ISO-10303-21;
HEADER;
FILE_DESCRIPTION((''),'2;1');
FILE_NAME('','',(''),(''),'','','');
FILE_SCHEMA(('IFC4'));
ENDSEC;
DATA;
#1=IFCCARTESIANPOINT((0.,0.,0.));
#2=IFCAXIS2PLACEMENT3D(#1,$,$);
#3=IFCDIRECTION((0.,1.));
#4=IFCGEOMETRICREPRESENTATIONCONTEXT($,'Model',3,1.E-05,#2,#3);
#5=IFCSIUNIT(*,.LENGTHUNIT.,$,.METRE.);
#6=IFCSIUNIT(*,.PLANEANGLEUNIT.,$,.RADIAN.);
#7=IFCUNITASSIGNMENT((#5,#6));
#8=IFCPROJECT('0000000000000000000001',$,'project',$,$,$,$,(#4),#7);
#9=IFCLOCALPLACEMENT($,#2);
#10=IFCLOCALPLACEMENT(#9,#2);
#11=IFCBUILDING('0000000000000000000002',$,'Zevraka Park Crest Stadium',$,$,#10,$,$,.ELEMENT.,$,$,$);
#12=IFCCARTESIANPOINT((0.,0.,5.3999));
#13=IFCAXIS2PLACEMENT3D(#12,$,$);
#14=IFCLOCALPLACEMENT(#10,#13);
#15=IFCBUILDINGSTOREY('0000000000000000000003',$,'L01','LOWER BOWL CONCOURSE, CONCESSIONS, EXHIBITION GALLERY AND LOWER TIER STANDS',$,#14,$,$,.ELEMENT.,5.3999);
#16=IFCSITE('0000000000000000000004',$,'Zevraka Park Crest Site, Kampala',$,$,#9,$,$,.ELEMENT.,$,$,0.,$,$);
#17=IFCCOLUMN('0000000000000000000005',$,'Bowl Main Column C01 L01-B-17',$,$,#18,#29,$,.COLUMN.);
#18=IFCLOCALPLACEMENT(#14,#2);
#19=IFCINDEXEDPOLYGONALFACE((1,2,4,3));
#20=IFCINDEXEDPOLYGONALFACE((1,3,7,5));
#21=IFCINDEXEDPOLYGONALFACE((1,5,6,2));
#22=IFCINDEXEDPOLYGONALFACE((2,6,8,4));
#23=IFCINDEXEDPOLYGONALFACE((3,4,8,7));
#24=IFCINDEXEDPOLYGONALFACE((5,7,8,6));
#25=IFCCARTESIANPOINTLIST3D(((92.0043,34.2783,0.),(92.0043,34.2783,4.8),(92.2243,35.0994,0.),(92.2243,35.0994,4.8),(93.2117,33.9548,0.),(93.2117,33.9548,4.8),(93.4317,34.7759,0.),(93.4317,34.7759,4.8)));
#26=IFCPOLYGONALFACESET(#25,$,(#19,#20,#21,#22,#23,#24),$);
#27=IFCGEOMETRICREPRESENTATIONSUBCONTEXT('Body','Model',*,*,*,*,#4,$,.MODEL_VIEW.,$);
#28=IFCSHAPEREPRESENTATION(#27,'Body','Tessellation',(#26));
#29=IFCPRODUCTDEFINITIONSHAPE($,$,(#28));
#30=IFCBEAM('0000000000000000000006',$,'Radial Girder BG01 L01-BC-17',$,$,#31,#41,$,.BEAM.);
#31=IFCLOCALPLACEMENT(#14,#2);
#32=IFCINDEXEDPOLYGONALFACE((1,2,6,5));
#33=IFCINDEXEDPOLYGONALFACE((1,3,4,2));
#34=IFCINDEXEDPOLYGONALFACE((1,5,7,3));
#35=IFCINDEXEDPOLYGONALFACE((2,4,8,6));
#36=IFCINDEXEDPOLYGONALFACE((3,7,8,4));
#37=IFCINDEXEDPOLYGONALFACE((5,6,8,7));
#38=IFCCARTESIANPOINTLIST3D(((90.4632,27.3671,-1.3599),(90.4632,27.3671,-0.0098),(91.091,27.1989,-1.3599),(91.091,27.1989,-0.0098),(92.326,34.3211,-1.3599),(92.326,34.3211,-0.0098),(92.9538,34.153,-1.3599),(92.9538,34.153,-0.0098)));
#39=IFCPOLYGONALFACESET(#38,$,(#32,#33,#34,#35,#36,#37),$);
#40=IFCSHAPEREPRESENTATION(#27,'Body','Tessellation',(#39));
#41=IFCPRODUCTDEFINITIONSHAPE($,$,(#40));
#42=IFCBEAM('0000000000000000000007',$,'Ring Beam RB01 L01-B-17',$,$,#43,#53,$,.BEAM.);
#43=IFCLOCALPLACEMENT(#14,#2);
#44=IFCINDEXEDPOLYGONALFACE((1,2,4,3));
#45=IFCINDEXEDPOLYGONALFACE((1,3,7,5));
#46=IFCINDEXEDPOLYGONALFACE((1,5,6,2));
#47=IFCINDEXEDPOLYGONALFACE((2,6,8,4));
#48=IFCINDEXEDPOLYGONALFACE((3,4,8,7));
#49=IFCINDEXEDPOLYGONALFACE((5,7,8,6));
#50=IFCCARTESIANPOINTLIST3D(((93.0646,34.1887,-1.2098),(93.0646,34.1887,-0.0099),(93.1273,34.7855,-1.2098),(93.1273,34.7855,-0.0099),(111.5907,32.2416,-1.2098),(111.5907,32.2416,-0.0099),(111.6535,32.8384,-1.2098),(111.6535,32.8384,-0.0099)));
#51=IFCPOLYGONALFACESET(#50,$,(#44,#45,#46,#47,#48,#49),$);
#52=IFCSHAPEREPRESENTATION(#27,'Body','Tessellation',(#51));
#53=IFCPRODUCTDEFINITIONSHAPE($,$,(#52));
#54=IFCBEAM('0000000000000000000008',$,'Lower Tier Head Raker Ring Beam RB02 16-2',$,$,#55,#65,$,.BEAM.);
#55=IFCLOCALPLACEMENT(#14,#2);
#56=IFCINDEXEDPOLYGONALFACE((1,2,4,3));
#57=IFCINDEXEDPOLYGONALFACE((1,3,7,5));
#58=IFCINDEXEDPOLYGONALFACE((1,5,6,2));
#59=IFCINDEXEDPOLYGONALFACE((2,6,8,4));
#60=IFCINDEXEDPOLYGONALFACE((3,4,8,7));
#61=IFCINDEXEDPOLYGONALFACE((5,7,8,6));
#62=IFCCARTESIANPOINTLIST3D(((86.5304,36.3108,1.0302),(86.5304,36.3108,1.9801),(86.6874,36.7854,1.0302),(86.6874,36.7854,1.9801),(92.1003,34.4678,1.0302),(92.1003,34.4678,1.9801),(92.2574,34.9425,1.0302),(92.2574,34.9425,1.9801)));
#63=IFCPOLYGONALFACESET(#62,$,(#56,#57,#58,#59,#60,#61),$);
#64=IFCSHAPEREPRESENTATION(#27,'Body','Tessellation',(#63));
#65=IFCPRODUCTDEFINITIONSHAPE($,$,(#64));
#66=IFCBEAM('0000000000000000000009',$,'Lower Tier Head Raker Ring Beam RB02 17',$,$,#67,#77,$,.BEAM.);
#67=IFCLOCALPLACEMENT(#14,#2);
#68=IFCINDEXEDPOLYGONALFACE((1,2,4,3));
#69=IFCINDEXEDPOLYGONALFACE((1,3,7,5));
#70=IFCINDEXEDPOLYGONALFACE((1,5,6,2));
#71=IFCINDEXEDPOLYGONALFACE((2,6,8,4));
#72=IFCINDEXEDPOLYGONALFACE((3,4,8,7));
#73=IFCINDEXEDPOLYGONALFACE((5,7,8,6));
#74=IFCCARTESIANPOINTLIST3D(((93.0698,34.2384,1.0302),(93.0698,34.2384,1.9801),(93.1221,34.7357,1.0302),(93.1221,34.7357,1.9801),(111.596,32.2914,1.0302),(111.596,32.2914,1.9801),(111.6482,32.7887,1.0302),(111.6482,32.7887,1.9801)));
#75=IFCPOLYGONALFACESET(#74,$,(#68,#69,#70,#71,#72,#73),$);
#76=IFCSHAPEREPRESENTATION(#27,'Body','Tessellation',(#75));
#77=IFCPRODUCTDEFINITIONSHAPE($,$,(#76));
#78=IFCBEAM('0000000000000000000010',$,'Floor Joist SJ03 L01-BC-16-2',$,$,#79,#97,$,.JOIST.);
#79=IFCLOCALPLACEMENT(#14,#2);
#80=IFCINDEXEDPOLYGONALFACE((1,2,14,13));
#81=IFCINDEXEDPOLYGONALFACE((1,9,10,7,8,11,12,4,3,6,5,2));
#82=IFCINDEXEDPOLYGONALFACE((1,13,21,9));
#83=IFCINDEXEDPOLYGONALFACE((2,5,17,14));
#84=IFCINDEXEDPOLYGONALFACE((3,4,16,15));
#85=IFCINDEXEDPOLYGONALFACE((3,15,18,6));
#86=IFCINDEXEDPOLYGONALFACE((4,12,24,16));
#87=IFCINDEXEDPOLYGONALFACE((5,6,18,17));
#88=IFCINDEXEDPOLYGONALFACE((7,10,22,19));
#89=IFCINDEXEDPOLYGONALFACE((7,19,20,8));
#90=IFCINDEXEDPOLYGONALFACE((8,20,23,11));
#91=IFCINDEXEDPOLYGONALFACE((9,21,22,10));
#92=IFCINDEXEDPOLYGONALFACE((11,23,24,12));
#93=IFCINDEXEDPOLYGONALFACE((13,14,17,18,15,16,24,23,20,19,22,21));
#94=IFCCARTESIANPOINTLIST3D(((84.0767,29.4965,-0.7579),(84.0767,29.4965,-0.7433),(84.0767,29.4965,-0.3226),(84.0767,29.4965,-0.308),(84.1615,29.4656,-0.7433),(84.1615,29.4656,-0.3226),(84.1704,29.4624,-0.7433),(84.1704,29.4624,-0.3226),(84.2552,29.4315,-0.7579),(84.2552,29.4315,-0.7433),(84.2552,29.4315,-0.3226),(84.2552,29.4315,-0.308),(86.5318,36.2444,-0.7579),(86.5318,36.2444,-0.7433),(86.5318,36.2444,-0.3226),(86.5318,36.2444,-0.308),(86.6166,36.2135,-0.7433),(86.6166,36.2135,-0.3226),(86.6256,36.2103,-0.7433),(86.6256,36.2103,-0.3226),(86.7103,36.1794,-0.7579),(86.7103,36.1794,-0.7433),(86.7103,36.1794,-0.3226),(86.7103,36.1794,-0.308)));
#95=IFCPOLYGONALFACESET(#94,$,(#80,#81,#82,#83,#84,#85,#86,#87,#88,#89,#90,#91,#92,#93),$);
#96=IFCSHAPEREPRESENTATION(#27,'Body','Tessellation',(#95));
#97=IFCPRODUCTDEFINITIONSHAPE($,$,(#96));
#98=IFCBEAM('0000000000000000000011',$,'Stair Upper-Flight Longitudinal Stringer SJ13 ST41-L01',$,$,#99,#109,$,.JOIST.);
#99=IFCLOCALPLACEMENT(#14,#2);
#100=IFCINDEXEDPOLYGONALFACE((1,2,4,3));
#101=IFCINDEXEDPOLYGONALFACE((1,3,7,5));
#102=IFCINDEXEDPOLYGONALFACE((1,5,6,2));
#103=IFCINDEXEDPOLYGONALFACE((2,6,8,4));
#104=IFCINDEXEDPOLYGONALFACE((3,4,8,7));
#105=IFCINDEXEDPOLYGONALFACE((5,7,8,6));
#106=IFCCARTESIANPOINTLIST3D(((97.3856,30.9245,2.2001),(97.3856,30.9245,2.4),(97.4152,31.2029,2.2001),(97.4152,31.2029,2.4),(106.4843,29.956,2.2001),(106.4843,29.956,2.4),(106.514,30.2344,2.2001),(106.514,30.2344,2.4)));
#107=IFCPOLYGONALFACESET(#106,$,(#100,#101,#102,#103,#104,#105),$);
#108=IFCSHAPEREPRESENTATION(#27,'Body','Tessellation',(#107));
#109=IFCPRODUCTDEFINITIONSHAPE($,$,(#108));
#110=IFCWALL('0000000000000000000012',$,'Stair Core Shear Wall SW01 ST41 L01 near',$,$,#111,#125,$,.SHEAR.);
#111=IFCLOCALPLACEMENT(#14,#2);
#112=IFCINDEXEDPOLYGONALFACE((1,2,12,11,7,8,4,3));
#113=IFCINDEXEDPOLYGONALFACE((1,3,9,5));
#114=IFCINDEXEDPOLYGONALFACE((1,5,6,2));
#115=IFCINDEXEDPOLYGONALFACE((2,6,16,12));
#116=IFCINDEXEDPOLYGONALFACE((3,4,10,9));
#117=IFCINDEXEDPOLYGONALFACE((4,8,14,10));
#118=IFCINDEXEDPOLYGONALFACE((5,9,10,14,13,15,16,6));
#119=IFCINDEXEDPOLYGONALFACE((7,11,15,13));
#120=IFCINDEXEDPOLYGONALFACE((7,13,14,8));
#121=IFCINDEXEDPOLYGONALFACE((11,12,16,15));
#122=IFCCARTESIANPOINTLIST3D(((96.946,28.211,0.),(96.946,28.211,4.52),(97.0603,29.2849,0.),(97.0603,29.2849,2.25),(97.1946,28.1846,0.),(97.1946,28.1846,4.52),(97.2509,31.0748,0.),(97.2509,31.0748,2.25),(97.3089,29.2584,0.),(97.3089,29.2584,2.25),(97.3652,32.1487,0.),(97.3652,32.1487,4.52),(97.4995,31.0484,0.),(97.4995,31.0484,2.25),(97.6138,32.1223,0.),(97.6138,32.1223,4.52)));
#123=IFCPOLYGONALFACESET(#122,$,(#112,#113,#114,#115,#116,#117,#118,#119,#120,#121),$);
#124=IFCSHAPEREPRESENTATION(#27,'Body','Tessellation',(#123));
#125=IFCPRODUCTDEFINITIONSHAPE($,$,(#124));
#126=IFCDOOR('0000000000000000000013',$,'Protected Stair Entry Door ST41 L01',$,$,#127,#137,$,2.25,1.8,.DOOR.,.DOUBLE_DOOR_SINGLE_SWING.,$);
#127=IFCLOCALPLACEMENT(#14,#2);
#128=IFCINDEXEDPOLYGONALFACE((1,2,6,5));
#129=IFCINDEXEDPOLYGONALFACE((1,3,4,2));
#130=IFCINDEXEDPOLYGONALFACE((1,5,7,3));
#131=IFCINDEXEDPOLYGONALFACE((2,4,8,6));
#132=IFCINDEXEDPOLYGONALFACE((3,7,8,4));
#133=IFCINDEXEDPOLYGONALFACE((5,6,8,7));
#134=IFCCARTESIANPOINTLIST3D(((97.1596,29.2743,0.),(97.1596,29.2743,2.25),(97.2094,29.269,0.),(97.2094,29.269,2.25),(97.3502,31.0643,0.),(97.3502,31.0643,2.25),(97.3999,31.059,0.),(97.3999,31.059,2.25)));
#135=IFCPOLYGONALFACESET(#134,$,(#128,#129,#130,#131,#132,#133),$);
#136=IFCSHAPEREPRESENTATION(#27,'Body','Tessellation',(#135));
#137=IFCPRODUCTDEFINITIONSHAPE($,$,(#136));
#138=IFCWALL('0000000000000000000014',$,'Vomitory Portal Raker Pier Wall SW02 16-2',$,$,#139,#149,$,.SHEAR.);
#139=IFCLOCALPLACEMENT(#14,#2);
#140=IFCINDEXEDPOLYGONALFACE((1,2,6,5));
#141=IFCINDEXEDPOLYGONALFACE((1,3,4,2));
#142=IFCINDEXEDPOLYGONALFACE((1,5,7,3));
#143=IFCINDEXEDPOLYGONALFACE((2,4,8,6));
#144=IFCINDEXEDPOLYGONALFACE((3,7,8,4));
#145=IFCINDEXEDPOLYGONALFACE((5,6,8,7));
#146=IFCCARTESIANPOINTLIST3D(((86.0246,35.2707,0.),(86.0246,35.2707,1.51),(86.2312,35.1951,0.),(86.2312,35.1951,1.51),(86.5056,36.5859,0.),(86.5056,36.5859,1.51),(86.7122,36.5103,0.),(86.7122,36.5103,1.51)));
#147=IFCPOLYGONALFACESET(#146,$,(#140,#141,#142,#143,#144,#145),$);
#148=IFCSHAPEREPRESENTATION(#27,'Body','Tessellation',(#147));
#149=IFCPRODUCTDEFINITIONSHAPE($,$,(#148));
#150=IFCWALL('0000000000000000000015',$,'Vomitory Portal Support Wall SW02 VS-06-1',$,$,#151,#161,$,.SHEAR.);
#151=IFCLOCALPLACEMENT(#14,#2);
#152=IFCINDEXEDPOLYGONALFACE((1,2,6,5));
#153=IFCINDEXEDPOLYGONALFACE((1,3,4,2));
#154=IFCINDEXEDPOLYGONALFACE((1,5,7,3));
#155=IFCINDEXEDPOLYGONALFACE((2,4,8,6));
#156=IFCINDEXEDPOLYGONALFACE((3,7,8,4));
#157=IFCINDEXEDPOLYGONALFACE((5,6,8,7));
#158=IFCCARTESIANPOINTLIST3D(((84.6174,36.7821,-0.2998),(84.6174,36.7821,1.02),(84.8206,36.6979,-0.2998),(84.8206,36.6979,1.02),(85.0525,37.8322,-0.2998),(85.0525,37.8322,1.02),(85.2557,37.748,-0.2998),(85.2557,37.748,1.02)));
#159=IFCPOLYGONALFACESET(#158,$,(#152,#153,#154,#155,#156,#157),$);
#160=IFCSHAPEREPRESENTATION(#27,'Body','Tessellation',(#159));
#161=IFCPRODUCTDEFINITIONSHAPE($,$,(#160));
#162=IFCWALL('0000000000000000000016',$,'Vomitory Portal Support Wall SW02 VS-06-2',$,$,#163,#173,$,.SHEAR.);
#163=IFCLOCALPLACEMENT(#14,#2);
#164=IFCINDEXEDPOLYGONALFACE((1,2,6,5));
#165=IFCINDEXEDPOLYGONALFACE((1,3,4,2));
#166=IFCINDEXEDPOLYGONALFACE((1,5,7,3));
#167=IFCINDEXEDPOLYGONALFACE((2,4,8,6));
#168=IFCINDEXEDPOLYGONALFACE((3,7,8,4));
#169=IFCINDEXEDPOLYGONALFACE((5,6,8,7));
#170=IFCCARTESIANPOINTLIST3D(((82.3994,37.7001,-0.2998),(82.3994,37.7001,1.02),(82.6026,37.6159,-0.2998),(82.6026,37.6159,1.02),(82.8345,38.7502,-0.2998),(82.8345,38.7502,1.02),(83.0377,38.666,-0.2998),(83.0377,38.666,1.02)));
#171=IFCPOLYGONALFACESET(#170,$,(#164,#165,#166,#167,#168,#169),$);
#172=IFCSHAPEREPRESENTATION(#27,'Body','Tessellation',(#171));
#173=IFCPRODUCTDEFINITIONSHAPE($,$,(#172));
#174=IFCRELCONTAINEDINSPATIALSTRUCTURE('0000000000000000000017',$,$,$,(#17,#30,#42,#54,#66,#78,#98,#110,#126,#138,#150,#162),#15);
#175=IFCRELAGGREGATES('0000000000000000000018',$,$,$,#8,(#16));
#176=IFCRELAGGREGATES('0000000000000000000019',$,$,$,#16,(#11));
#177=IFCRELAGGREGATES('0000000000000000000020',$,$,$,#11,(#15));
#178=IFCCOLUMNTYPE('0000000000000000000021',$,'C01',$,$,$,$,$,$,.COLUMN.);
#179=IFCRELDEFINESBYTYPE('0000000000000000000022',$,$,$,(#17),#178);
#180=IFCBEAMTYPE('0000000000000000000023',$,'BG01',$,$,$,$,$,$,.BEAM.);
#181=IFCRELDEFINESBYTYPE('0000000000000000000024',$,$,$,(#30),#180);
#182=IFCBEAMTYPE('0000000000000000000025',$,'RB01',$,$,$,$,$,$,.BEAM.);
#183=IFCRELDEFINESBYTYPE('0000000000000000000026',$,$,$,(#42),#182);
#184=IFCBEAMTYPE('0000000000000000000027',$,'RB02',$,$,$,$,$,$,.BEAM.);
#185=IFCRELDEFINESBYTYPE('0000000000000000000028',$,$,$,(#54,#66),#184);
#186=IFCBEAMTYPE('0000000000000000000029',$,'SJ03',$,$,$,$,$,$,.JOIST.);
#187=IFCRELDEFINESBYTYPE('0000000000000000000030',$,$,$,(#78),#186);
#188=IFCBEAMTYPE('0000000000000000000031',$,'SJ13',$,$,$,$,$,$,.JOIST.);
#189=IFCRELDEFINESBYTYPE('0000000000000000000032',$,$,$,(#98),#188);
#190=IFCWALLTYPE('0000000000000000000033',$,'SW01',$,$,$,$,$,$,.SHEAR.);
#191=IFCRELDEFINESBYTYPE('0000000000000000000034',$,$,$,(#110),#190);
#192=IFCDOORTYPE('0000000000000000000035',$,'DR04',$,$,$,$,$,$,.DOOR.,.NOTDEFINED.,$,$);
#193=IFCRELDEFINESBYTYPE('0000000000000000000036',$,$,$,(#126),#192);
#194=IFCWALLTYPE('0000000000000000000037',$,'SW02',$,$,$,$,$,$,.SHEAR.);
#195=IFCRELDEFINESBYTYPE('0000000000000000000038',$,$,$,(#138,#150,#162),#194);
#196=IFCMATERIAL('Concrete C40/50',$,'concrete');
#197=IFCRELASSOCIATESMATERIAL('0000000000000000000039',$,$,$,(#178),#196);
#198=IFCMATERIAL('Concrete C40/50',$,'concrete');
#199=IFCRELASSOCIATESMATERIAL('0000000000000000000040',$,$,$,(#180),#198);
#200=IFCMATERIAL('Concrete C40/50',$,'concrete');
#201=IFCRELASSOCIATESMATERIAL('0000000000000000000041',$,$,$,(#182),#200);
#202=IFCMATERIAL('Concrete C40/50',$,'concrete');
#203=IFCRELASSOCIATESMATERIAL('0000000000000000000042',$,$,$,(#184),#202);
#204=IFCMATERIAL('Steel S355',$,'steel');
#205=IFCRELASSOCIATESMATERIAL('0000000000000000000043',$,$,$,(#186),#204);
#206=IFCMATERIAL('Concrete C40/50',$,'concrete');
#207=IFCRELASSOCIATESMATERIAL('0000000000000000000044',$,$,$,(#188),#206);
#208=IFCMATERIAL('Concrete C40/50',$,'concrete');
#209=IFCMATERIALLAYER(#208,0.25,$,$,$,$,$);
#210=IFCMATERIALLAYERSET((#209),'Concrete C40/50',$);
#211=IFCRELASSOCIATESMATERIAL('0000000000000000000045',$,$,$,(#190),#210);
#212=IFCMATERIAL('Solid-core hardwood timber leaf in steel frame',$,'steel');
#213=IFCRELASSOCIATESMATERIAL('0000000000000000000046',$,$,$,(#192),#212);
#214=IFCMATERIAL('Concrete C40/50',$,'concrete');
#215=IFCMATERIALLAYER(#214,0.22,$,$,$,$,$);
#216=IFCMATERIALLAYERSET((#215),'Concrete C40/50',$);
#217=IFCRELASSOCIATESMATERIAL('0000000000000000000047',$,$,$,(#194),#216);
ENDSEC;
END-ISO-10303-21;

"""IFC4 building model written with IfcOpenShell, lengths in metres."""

from ifc_helpers import new_model, si_unit, direction, frame, frame_2d, origin, origin_2d, place, context, subcontext, project, spatial, rectangle, i_section, extrude, material, layer, layer_set, material_profile, profile_set, type_object, element, fill, save


model = new_model("IFC4")

# Units and contexts
model_context = context("Model", 3, precision=1e-05, world=origin(), true_north=direction((0.0, 1.0)))
body_context = subcontext(model_context, "Body", "Model", "MODEL_VIEW")
ifc_project = project(units=[si_unit("LENGTHUNIT", "METRE"), si_unit("PLANEANGLEUNIT", "RADIAN")], contexts=[model_context])

# Site, building, storey
site_placement = place(None, origin())
site = spatial("IfcSite", under=ifc_project, at=site_placement, Name="Zevraka Park Crest Site, Kampala", CompositionType="ELEMENT", RefElevation=0.0)
building_placement = place(site_placement, origin())
building = spatial("IfcBuilding", under=site, at=building_placement, Name="Zevraka Park Crest Stadium", CompositionType="ELEMENT")
storey_placement = place(building_placement, frame((0.0, 0.0, 5.3999)))
storey = spatial("IfcBuildingStorey", under=building, at=storey_placement, Name="L01", Description="LOWER BOWL CONCOURSE, CONCESSIONS, EXHIBITION GALLERY AND LOWER TIER STANDS", CompositionType="ELEMENT", Elevation=5.3999)

# Column
ifc_material_1 = material(Name="Concrete C40/50", Category="concrete")
ifc_material_profile_1 = material_profile(ifc_material_1, rectangle(XDim=0.8501, YDim=1.25, at=origin_2d()), Name="RC 1250x850")
ifc_profile_set_1 = profile_set([ifc_material_profile_1], Name="Concrete C40/50")
column_type = type_object("IfcColumnType", Name="C01", PredefinedType="COLUMN", material=ifc_profile_set_1)
column_placement = place(storey_placement, frame((92.718, 34.5271, 0.0), z_axis=(0.0, 0.0, 1.0), x_axis=(0.258819, 0.965926, 0.0)))
element("IfcColumn", 1, at=column_placement, inside=storey, type_object=column_type, Name="Bowl Main Column C01 L01-B-17", PredefinedType="COLUMN", context=body_context, shape_type="SweptSolid", body=[
    extrude(rectangle(XDim=0.8501, YDim=1.25, at=origin_2d()), origin(), (0.0, 0.0, 1.0), 4.8),
])

# Beams
ifc_material_2 = material(Name="Concrete C40/50", Category="concrete")
ifc_material_profile_2 = material_profile(ifc_material_2, rectangle(XDim=0.6499, YDim=1.3501, at=origin_2d()), Name="RC 1350x650")
ifc_profile_set_2 = profile_set([ifc_material_profile_2], Name="Concrete C40/50")
beam_type_1 = type_object("IfcBeamType", Name="BG01", PredefinedType="BEAM", material=ifc_profile_set_2)
beam_1_placement = place(storey_placement, frame((92.6399, 34.2371, -0.6848), z_axis=(-0.258747, -0.965945, 0.0), x_axis=(0.965945, -0.258747, 0.0)))
element("IfcBeam", 2, at=beam_1_placement, inside=storey, type_object=beam_type_1, Name="Radial Girder BG01 L01-BC-17", PredefinedType="BEAM", context=body_context, shape_type="SweptSolid", body=[
    extrude(rectangle(XDim=0.6499, YDim=1.3501, at=origin_2d()), origin(), (0.0, 0.0, 1.0), 7.1992),
])
ifc_material_3 = material(Name="Concrete C40/50", Category="concrete")
ifc_material_profile_3 = material_profile(ifc_material_3, rectangle(XDim=0.6001, YDim=1.2, at=origin_2d()), Name="RC 1200x600")
ifc_profile_set_3 = profile_set([ifc_material_profile_3], Name="Concrete C40/50")
beam_type_2 = type_object("IfcBeamType", Name="RB01", PredefinedType="BEAM", material=ifc_profile_set_3)
beam_2_placement = place(storey_placement, frame((93.0959, 34.4871, -0.6099), z_axis=(0.994523, -0.10452, 0.0), x_axis=(0.10452, 0.994523, 0.0)))
element("IfcBeam", 3, at=beam_2_placement, inside=storey, type_object=beam_type_2, Name="Ring Beam RB01 L01-B-17", PredefinedType="BEAM", context=body_context, shape_type="SweptSolid", body=[
    extrude(rectangle(XDim=0.6001, YDim=1.2, at=origin_2d()), origin(), (0.0, 0.0, 1.0), 18.6282),
])
ifc_material_4 = material(Name="Concrete C40/50", Category="concrete")
ifc_material_profile_4 = material_profile(ifc_material_4, rectangle(XDim=0.5, YDim=0.95, at=origin_2d()), Name="RC 950x500")
ifc_profile_set_4 = profile_set([ifc_material_profile_4], Name="Concrete C40/50")
beam_type_3 = type_object("IfcBeamType", Name="RB02", PredefinedType="BEAM", material=ifc_profile_set_4)
beam_3_placement = place(storey_placement, frame((86.6089, 36.5481, 1.5051), z_axis=(0.94938, -0.31413, 0.0), x_axis=(0.31413, 0.94938, 0.0)))
element("IfcBeam", 4, at=beam_3_placement, inside=storey, type_object=beam_type_3, Name="Lower Tier Head Raker Ring Beam RB02 16-2", PredefinedType="BEAM", context=body_context, shape_type="SweptSolid", body=[
    extrude(rectangle(XDim=0.5, YDim=0.95, at=origin_2d()), origin(), (0.0, 0.0, 1.0), 5.8669),
])
beam_4_placement = place(storey_placement, frame((93.0959, 34.4871, 1.5051), z_axis=(0.994523, -0.10452, 0.0), x_axis=(0.10452, 0.994523, 0.0)))
element("IfcBeam", 5, at=beam_4_placement, inside=storey, type_object=beam_type_3, Name="Lower Tier Head Raker Ring Beam RB02 17", PredefinedType="BEAM", context=body_context, shape_type="SweptSolid", body=[
    extrude(rectangle(XDim=0.5, YDim=0.95, at=origin_2d()), origin(), (0.0, 0.0, 1.0), 18.6282),
])
ifc_material_5 = material(Name="Steel S355", Category="steel")
ifc_material_profile_5 = material_profile(ifc_material_5, i_section(OverallWidth=0.1899, OverallDepth=0.45, WebThickness=0.0095, FlangeThickness=0.0146, at=origin_2d()), Name="IPE 450")
ifc_profile_set_5 = profile_set([ifc_material_profile_5], Name="Steel S355")
beam_type_4 = type_object("IfcBeamType", Name="SJ03", PredefinedType="JOIST", material=ifc_profile_set_5)
beam_5_placement = place(storey_placement, frame((86.6211, 36.2119, -0.533), z_axis=(-0.341907, -0.939734, 0.0), x_axis=(0.939734, -0.341907, 0.0)))
element("IfcBeam", 6, at=beam_5_placement, inside=storey, type_object=beam_type_4, Name="Floor Joist SJ03 L01-BC-16-2", PredefinedType="JOIST", context=body_context, shape_type="SweptSolid", body=[
    extrude(i_section(OverallWidth=0.1899, OverallDepth=0.45, WebThickness=0.0095, FlangeThickness=0.0146, at=origin_2d()), origin(), (0.0, 0.0, 1.0), 7.1807),
])
ifc_material_6 = material(Name="Concrete C40/50", Category="concrete")
ifc_material_profile_6 = material_profile(ifc_material_6, rectangle(XDim=0.28, YDim=0.2, at=origin_2d()), Name="RC 200x280")
ifc_profile_set_6 = profile_set([ifc_material_profile_6], Name="Concrete C40/50")
beam_type_5 = type_object("IfcBeamType", Name="SJ13", PredefinedType="JOIST", material=ifc_profile_set_6)
beam_6_placement = place(storey_placement, frame((97.4004, 31.0637, 2.3), z_axis=(0.994382, -0.105847, 0.0), x_axis=(0.105847, 0.994382, 0.0)))
element("IfcBeam", 7, at=beam_6_placement, inside=storey, type_object=beam_type_5, Name="Stair Upper-Flight Longitudinal Stringer SJ13 ST41-L01", PredefinedType="JOIST", context=body_context, shape_type="SweptSolid", body=[
    extrude(rectangle(XDim=0.28, YDim=0.2, at=origin_2d()), origin(), (0.0, 0.0, 1.0), 9.1501),
])

# Wall, opening, door
ifc_material_7 = material(Name="Concrete C40/50", Category="concrete")
ifc_layer_1 = layer(ifc_material_7, 0.25)
ifc_layer_set_1 = layer_set([ifc_layer_1], Name="Concrete C40/50")
wall_type_1 = type_object("IfcWallType", Name="SW01", PredefinedType="SHEAR", material=ifc_layer_set_1)
wall_1_placement = place(storey_placement, frame((97.4895, 32.1355, 0.0), z_axis=(0.0, 0.0, 1.0), x_axis=(-0.105856, -0.994381, 0.0)))
wall_1 = element("IfcWall", 8, at=wall_1_placement, inside=storey, type_object=wall_type_1, Name="Stair Core Shear Wall SW01 ST41 L01 near", PredefinedType="SHEAR", context=body_context, shape_type="SweptSolid", body=[
    extrude(rectangle(XDim=3.96, YDim=0.25, at=frame_2d((1.98, 0.0))), origin(), (0.0, 0.0, 1.0), 4.52),
])
opening_placement = place(wall_1_placement, frame((1.0801, 0.0, 0.0)))
opening = element("IfcOpeningElement", 9, at=opening_placement, cuts=wall_1, PredefinedType="OPENING", context=body_context, shape_type="SweptSolid", body=[
    extrude(rectangle(XDim=1.8, YDim=2.25, at=frame_2d((0.8999, 1.125))), frame((0.0, 0.135, 0.0), z_axis=(0.0, -1.0, 0.0), x_axis=(1.0, 0.0, 0.0)), (0.0, 0.0, 1.0), 0.27),
])
ifc_material_8 = material(Name="Solid-core hardwood timber leaf in steel frame", Category="steel")
door_type = type_object("IfcDoorType", Name="DR04", OperationType="NOTDEFINED", PredefinedType="DOOR", material=ifc_material_8)
door_placement = place(opening_placement, origin())
door = element("IfcDoor", 10, at=door_placement, inside=storey, type_object=door_type, Name="Protected Stair Entry Door ST41 L01", OperationType="DOUBLE_DOOR_SINGLE_SWING", OverallHeight=2.25, OverallWidth=1.8, PredefinedType="DOOR", context=body_context, shape_type="SweptSolid", body=[
    extrude(rectangle(XDim=1.8, YDim=2.25, at=frame_2d((0.8999, 1.125))), frame((0.0, 0.0249, 0.0), z_axis=(0.0, -1.0, 0.0), x_axis=(1.0, 0.0, 0.0)), (0.0, 0.0, 1.0), 0.05),
])
fill(opening, door)

# Walls
ifc_material_9 = material(Name="Concrete C40/50", Category="concrete")
ifc_layer_2 = layer(ifc_material_9, 0.22)
ifc_layer_set_2 = layer_set([ifc_layer_2], Name="Concrete C40/50")
wall_type_2 = type_object("IfcWallType", Name="SW02", PredefinedType="SHEAR", material=ifc_layer_set_2)
wall_2_placement = place(storey_placement, frame((86.6089, 36.5481, 0.0), z_axis=(0.0, 0.0, 1.0), x_axis=(-0.34345, -0.939171, 0.0)))
element("IfcWall", 11, at=wall_2_placement, inside=storey, type_object=wall_type_2, Name="Vomitory Portal Raker Pier Wall SW02 16-2", PredefinedType="SHEAR", context=body_context, shape_type="SweptSolid", body=[
    extrude(rectangle(XDim=1.4004, YDim=0.22, at=frame_2d((0.7002, 0.0))), origin(), (0.0, 0.0, 1.0), 1.51),
])
for number, where, z_axis, x_axis, name in (
    (12, (84.719, 36.74, -0.2998), (0.0, 0.0, 1.0), (0.382769, 0.923844, 0.0), "Vomitory Portal Support Wall SW02 VS-06-1"),
    (13, (82.501, 37.658, -0.2998), (0.0, 0.0, 1.0), (0.382769, 0.923844, 0.0), "Vomitory Portal Support Wall SW02 VS-06-2"),
):
    element("IfcWall", number, at=place(storey_placement, frame(where, z_axis=z_axis, x_axis=x_axis)), inside=storey, type_object=wall_type_2, Name=name, PredefinedType="SHEAR", context=body_context, shape_type="SweptSolid", body=[
        extrude(rectangle(XDim=1.1367, YDim=0.22, at=frame_2d((0.5684, 0.0))), origin(), (0.0, 0.0, 1.0), 1.3198),
    ])

save(model, "model.ifc")
